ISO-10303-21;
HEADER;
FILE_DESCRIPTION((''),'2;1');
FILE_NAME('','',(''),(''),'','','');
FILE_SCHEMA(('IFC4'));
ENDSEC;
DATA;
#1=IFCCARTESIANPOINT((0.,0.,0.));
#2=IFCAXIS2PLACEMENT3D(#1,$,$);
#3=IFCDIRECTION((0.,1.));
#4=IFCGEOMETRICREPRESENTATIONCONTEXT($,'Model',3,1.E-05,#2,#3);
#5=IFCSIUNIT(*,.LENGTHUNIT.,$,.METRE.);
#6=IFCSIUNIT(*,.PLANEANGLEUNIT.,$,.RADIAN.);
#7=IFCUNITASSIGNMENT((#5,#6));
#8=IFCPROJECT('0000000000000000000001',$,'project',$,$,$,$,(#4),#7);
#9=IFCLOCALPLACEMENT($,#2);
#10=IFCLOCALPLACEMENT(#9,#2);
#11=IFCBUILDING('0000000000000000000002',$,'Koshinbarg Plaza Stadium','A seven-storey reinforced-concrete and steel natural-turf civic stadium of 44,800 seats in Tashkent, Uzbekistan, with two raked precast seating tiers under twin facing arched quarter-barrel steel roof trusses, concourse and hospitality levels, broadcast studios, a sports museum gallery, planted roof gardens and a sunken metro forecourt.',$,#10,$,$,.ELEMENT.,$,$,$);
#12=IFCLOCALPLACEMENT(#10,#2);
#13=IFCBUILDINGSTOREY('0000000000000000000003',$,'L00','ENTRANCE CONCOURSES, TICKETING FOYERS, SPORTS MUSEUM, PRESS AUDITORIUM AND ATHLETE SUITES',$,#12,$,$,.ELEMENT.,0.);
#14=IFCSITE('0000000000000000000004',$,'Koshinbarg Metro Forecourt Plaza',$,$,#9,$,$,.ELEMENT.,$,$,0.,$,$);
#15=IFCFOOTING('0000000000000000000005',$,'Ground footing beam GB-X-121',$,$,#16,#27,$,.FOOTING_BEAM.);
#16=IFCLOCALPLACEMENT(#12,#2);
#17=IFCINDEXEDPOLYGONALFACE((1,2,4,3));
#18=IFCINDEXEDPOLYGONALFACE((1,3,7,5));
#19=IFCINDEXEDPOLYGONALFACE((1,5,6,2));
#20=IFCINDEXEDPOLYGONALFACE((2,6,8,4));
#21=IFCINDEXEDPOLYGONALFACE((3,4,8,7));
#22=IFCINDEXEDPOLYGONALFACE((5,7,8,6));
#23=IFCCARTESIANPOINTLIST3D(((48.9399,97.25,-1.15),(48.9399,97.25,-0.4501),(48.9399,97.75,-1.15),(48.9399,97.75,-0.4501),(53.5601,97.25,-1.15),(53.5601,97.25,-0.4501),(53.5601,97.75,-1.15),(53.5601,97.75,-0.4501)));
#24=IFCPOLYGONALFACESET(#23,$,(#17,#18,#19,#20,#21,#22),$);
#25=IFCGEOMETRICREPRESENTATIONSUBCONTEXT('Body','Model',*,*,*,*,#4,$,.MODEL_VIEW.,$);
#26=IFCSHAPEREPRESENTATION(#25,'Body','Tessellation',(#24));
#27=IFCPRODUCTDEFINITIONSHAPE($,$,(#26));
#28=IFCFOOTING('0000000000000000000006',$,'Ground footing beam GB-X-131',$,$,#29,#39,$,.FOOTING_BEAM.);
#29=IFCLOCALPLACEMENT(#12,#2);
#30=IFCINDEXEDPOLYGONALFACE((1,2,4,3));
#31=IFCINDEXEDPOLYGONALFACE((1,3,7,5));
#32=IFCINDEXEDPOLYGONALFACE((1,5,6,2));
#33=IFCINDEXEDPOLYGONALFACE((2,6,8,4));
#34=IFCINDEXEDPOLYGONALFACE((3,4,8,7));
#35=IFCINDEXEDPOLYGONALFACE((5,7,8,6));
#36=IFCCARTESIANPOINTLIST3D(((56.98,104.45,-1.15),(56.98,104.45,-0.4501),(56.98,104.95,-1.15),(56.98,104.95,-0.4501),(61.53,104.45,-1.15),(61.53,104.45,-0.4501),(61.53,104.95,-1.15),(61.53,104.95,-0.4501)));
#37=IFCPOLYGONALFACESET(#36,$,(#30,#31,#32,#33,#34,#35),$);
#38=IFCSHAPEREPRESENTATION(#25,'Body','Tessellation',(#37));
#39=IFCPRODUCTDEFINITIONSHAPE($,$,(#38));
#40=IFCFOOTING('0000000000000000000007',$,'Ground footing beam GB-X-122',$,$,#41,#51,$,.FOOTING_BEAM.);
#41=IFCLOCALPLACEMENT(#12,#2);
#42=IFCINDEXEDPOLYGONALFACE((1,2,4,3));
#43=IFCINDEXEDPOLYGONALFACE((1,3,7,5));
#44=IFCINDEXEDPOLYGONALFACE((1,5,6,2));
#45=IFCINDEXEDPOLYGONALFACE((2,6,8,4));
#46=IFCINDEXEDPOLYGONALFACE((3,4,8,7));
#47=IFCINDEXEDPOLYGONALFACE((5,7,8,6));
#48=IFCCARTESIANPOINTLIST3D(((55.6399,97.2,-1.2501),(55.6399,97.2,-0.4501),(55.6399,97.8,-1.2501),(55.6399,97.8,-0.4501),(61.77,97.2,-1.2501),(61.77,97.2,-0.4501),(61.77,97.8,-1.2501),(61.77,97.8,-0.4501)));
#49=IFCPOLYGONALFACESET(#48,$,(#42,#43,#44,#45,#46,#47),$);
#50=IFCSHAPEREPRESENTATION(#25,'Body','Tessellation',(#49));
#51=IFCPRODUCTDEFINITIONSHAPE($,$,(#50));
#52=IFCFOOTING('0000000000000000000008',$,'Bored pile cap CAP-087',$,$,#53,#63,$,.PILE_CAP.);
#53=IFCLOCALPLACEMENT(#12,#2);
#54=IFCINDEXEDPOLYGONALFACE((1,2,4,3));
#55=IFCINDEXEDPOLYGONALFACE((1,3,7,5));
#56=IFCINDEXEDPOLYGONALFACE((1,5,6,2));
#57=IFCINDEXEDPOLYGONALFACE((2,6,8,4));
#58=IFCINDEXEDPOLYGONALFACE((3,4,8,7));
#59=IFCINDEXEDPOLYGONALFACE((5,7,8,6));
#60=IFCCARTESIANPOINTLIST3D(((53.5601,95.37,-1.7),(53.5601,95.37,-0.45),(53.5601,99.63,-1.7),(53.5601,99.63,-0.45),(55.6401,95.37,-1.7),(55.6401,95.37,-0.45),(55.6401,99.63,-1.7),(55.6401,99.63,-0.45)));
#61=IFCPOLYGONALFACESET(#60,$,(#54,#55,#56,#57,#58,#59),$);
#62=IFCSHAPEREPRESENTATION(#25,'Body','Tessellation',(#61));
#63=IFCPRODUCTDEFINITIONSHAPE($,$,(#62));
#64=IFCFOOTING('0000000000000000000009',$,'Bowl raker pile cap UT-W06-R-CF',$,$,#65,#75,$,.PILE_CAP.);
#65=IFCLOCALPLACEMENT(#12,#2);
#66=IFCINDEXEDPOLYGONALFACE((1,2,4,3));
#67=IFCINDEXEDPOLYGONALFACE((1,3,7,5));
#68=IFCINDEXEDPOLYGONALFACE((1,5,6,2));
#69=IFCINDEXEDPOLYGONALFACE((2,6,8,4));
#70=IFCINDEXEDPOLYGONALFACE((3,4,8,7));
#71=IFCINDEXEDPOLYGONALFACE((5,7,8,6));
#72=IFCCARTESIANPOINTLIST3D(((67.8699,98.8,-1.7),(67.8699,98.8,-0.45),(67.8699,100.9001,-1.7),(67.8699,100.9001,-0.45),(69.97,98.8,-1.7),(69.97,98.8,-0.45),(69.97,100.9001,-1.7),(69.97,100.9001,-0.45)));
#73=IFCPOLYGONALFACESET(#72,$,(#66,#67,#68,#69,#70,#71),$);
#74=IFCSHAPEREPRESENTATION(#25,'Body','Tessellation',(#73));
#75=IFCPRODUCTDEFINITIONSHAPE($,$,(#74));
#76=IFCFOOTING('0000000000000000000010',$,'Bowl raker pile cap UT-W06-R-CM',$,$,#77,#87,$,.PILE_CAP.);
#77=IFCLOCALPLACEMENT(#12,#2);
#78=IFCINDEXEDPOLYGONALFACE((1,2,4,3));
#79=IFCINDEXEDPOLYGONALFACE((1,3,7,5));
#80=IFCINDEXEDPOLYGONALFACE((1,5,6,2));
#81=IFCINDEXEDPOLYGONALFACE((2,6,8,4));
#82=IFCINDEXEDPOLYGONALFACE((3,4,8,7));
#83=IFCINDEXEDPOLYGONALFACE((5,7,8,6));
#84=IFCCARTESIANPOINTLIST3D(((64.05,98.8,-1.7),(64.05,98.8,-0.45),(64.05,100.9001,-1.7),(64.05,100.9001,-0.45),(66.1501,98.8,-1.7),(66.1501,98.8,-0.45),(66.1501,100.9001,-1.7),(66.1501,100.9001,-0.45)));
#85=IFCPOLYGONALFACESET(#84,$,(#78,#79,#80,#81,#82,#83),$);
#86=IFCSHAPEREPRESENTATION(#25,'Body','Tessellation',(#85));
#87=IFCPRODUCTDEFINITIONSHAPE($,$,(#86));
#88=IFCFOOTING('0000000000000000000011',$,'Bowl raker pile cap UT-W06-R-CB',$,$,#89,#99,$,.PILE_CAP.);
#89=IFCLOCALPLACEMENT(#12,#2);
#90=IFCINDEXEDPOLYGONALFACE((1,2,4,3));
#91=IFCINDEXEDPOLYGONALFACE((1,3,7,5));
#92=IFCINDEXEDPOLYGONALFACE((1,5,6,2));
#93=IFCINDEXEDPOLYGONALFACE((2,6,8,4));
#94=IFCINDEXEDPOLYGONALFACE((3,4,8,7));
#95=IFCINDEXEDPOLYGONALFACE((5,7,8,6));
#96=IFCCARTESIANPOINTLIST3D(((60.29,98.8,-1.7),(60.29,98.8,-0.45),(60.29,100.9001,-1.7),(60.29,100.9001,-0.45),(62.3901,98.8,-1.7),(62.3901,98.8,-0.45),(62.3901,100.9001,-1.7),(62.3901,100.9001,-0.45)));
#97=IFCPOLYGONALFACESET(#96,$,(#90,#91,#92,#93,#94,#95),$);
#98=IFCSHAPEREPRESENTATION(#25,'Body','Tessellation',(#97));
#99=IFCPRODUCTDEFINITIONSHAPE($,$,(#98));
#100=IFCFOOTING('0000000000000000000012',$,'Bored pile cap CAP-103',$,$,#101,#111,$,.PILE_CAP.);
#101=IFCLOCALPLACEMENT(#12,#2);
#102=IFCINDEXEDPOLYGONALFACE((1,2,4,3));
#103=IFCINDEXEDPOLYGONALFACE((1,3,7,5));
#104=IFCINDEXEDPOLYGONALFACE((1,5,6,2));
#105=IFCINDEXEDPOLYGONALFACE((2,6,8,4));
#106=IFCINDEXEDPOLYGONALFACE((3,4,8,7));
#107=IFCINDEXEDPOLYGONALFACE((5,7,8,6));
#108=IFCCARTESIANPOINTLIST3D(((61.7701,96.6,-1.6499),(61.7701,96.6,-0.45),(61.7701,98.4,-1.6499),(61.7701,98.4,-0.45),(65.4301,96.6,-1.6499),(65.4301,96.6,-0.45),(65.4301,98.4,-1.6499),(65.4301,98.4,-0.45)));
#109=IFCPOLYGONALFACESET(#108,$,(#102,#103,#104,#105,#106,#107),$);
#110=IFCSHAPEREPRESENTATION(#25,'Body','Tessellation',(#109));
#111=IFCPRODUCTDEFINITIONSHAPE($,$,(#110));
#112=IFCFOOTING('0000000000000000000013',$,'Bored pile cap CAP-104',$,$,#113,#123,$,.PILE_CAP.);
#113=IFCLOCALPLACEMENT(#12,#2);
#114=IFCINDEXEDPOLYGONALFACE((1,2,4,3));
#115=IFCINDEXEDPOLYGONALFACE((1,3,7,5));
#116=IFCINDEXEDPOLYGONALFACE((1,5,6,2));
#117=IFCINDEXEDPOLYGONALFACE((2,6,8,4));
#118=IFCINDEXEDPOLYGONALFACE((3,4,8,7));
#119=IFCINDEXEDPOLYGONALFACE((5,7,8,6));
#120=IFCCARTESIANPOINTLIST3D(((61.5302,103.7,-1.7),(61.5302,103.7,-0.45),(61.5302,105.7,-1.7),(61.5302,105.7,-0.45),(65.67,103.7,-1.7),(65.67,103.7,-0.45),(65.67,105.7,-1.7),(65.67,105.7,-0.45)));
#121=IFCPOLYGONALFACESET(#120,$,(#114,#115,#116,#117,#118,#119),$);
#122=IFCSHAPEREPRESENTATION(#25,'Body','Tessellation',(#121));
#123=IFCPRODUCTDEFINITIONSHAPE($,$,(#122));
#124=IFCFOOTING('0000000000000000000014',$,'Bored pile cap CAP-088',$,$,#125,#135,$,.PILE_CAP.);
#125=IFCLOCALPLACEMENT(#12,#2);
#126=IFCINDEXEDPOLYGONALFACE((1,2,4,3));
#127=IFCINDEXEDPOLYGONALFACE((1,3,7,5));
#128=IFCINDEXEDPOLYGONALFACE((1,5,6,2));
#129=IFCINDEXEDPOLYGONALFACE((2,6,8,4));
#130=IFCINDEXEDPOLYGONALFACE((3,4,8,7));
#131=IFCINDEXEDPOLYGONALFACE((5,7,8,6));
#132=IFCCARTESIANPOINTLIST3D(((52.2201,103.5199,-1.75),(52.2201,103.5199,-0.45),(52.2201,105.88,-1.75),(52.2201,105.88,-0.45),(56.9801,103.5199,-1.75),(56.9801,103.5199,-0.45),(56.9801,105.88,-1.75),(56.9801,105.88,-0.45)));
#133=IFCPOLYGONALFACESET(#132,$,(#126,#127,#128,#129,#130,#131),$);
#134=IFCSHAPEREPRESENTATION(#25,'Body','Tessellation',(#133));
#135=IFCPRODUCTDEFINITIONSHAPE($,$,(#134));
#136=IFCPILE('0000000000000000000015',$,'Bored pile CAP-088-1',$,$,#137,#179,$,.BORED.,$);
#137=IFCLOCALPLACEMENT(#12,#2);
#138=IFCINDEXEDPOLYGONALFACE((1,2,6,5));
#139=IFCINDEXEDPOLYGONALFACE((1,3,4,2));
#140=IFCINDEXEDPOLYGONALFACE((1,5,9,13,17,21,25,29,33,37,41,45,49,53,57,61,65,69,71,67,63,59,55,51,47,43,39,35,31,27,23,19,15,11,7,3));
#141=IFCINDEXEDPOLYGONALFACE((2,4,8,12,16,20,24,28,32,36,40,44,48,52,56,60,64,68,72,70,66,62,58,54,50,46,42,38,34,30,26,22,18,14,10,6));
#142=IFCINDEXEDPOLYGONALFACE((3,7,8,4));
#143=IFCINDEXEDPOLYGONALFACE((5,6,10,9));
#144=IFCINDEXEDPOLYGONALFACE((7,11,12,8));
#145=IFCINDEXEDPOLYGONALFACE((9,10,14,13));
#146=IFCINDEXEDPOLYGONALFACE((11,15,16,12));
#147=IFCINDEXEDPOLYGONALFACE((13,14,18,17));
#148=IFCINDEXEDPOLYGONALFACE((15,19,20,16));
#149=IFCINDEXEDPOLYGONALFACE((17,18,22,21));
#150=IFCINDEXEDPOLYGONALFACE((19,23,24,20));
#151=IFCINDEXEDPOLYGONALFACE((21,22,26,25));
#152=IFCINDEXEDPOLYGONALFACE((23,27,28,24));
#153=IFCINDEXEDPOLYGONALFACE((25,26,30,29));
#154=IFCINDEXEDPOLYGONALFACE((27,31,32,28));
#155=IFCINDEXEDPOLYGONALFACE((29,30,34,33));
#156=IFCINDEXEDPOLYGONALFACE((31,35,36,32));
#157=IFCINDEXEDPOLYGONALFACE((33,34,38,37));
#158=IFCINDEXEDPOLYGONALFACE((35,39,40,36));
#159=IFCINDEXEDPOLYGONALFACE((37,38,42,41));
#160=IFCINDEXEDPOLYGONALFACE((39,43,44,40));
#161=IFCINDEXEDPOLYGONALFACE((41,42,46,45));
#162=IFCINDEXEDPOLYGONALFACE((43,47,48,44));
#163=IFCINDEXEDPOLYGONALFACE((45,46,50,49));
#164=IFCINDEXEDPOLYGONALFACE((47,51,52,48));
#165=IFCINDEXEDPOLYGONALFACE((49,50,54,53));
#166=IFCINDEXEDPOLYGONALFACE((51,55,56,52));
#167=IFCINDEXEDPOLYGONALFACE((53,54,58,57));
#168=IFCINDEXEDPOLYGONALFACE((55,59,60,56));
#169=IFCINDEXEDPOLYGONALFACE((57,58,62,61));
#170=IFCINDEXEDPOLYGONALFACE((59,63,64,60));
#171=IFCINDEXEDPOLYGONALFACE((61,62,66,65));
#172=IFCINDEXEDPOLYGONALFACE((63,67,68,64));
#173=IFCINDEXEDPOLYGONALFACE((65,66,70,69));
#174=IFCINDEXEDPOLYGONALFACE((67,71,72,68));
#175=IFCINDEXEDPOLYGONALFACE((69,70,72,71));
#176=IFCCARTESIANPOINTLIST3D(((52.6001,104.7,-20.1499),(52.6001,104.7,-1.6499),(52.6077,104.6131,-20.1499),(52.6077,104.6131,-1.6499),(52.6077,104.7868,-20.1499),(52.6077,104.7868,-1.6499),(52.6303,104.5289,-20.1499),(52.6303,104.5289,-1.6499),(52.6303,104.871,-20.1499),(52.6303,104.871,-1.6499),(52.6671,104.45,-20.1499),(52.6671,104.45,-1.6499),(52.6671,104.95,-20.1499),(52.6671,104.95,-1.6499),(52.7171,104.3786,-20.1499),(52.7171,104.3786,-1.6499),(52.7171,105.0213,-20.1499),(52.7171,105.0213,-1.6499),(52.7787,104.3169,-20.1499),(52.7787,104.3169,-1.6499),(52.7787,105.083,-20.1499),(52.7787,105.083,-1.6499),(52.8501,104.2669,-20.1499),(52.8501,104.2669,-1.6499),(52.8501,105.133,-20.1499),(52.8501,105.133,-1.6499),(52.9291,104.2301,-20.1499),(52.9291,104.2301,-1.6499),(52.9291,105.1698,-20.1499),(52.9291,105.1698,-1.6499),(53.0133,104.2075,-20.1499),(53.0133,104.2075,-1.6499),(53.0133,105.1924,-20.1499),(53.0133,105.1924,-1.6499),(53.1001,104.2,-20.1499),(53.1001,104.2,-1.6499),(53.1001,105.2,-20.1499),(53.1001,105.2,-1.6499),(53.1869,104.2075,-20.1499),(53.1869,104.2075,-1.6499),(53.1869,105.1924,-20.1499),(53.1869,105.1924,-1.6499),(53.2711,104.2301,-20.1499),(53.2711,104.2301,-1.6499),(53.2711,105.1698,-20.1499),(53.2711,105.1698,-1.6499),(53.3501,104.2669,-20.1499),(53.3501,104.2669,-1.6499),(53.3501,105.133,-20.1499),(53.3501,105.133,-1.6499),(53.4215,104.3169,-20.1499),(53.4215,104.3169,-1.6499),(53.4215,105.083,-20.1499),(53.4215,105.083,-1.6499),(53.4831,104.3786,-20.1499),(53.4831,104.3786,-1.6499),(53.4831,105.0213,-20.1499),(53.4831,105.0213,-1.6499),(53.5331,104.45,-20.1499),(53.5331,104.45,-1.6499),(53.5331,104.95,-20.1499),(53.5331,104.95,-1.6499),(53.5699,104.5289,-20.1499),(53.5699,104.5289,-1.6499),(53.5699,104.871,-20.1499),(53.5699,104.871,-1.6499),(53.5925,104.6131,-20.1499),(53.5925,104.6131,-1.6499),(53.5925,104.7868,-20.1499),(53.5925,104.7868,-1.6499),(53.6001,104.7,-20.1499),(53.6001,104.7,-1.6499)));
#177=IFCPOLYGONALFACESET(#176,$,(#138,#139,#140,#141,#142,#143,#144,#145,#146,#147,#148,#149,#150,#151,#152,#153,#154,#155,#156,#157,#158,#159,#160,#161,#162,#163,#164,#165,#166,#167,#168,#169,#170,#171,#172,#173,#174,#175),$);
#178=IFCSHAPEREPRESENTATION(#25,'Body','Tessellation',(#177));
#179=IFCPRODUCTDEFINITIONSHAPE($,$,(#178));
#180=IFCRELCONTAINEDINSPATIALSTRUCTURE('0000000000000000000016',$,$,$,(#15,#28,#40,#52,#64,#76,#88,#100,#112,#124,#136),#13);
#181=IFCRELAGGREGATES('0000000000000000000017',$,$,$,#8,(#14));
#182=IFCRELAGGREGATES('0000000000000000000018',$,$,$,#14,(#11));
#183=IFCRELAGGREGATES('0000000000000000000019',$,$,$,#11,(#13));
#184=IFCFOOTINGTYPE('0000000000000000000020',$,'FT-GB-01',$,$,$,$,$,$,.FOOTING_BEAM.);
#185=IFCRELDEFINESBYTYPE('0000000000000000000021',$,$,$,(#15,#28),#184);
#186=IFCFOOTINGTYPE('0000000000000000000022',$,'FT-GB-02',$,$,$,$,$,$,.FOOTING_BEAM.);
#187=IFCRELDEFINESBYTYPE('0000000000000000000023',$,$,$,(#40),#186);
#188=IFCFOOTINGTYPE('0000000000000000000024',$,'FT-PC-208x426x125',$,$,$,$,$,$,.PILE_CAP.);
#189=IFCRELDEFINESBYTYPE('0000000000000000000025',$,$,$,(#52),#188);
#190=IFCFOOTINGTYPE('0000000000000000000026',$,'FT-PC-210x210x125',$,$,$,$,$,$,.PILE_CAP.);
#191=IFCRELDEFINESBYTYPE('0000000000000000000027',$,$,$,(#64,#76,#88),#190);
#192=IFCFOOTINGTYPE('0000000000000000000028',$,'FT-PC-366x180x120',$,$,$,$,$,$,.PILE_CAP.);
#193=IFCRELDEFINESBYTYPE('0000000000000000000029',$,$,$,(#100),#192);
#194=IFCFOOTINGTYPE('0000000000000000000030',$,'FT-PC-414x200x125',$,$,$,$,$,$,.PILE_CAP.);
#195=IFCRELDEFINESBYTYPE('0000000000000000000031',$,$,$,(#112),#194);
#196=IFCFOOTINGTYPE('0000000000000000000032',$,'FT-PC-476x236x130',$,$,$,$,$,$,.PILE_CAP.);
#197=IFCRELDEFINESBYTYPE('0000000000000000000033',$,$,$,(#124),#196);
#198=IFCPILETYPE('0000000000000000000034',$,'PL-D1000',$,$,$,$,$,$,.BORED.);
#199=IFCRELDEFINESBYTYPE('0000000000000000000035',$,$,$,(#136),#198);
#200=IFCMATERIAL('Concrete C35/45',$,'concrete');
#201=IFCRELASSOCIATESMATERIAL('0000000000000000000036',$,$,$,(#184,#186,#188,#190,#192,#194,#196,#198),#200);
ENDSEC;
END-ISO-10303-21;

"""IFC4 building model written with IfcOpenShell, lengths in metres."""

from ifc_helpers import new_model, si_unit, direction, frame, origin, origin_2d, place, context, subcontext, project, spatial, rectangle, circle, extrude, material, material_profile, profile_set, type_object, element, save


model = new_model("IFC4")

# Units and contexts
model_context = context("Model", 3, precision=1e-05, world=origin(), true_north=direction((0.0, 1.0)))
body_context = subcontext(model_context, "Body", "Model", "MODEL_VIEW")
ifc_project = project(units=[si_unit("LENGTHUNIT", "METRE"), si_unit("PLANEANGLEUNIT", "RADIAN")], contexts=[model_context])

# Site, building, storey
site_placement = place(None, origin())
site = spatial("IfcSite", under=ifc_project, at=site_placement, Name="Koshinbarg Metro Forecourt Plaza", CompositionType="ELEMENT", RefElevation=0.0)
building_placement = place(site_placement, origin())
building = spatial("IfcBuilding", under=site, at=building_placement, Name="Koshinbarg Plaza Stadium", Description="A seven-storey reinforced-concrete and steel natural-turf civic stadium of 44,800 seats in Tashkent, Uzbekistan, with two raked precast seating tiers under twin facing arched quarter-barrel steel roof trusses, concourse and hospitality levels, broadcast studios, a sports museum gallery, planted roof gardens and a sunken metro forecourt.", CompositionType="ELEMENT")
storey_placement = place(building_placement, origin())
storey = spatial("IfcBuildingStorey", under=building, at=storey_placement, Name="L00", Description="ENTRANCE CONCOURSES, TICKETING FOYERS, SPORTS MUSEUM, PRESS AUDITORIUM AND ATHLETE SUITES", CompositionType="ELEMENT", Elevation=0.0)

# Footings
ifc_material_1 = material(Name="Concrete C35/45", Category="concrete")
ifc_material_profile_1 = material_profile(ifc_material_1, rectangle(XDim=0.5, YDim=0.7, at=origin_2d()), Name="GB 500x700")
ifc_profile_set_1 = profile_set([ifc_material_profile_1], Name="Concrete C35/45")
footing_type_1 = type_object("IfcFootingType", Name="FT-GB-01", PredefinedType="FOOTING_BEAM", material=ifc_profile_set_1)
footing_1_placement = place(storey_placement, frame((48.9399, 97.5, -0.8), z_axis=(1.0, 0.0, 0.0), x_axis=(0.0, 1.0, 0.0)))
element("IfcFooting", 1, at=footing_1_placement, inside=storey, type_object=footing_type_1, Name="Ground footing beam GB-X-121", PredefinedType="FOOTING_BEAM", context=body_context, shape_type="SweptSolid", body=[
    extrude(rectangle(XDim=0.5, YDim=0.7, at=origin_2d()), origin(), (0.0, 0.0, 1.0), 4.6201),
])
footing_2_placement = place(storey_placement, frame((56.98, 104.7, -0.8), z_axis=(1.0, 0.0, 0.0), x_axis=(0.0, 1.0, 0.0)))
element("IfcFooting", 2, at=footing_2_placement, inside=storey, type_object=footing_type_1, Name="Ground footing beam GB-X-131", PredefinedType="FOOTING_BEAM", context=body_context, shape_type="SweptSolid", body=[
    extrude(rectangle(XDim=0.5, YDim=0.7, at=origin_2d()), origin(), (0.0, 0.0, 1.0), 4.55),
])
ifc_material_profile_2 = material_profile(ifc_material_1, rectangle(XDim=0.6001, YDim=0.8, at=origin_2d()), Name="GB 600x800")
ifc_profile_set_2 = profile_set([ifc_material_profile_2], Name="Concrete C35/45")
footing_type_2 = type_object("IfcFootingType", Name="FT-GB-02", PredefinedType="FOOTING_BEAM", material=ifc_profile_set_2)
footing_3_placement = place(storey_placement, frame((55.6399, 97.5, -0.8501), z_axis=(1.0, 0.0, 0.0), x_axis=(0.0, 1.0, 0.0)))
element("IfcFooting", 3, at=footing_3_placement, inside=storey, type_object=footing_type_2, Name="Ground footing beam GB-X-122", PredefinedType="FOOTING_BEAM", context=body_context, shape_type="SweptSolid", body=[
    extrude(rectangle(XDim=0.6001, YDim=0.8, at=origin_2d()), origin(), (0.0, 0.0, 1.0), 6.1301),
])
footing_type_3 = type_object("IfcFootingType", Name="FT-PC-208x426x125", PredefinedType="PILE_CAP", material=ifc_material_1)
footing_4_placement = place(storey_placement, frame((54.6001, 97.5, -1.7), z_axis=(0.0, 0.0, 1.0), x_axis=(1.0, 0.0, 0.0)))
element("IfcFooting", 4, at=footing_4_placement, inside=storey, type_object=footing_type_3, Name="Bored pile cap CAP-087", PredefinedType="PILE_CAP", context=body_context, shape_type="SweptSolid", body=[
    extrude(rectangle(XDim=2.0801, YDim=4.26, at=origin_2d()), origin(), (0.0, 0.0, 1.0), 1.25),
])
footing_type_4 = type_object("IfcFootingType", Name="FT-PC-210x210x125", PredefinedType="PILE_CAP", material=ifc_material_1)
for number, where, z_axis, x_axis, name in (
    (5, (68.9199, 99.8501, -1.7), (0.0, 0.0, 1.0), (1.0, 0.0, 0.0), "Bowl raker pile cap UT-W06-R-CF"),
    (6, (65.1001, 99.8501, -1.7), (0.0, 0.0, 1.0), (1.0, 0.0, 0.0), "Bowl raker pile cap UT-W06-R-CM"),
    (7, (61.3401, 99.8501, -1.7), (0.0, 0.0, 1.0), (1.0, 0.0, 0.0), "Bowl raker pile cap UT-W06-R-CB"),
):
    element("IfcFooting", number, at=place(storey_placement, frame(where, z_axis=z_axis, x_axis=x_axis)), inside=storey, type_object=footing_type_4, Name=name, PredefinedType="PILE_CAP", context=body_context, shape_type="SweptSolid", body=[
        extrude(rectangle(XDim=2.1001, YDim=2.1001, at=origin_2d()), origin(), (0.0, 0.0, 1.0), 1.25),
    ])
footing_type_5 = type_object("IfcFootingType", Name="FT-PC-366x180x120", PredefinedType="PILE_CAP", material=ifc_material_1)
footing_5_placement = place(storey_placement, frame((63.6001, 97.5, -1.6499), z_axis=(0.0, 0.0, 1.0), x_axis=(1.0, 0.0, 0.0)))
element("IfcFooting", 8, at=footing_5_placement, inside=storey, type_object=footing_type_5, Name="Bored pile cap CAP-103", PredefinedType="PILE_CAP", context=body_context, shape_type="SweptSolid", body=[
    extrude(rectangle(XDim=3.6599, YDim=1.8, at=origin_2d()), origin(), (0.0, 0.0, 1.0), 1.2),
])
footing_type_6 = type_object("IfcFootingType", Name="FT-PC-414x200x125", PredefinedType="PILE_CAP", material=ifc_material_1)
footing_6_placement = place(storey_placement, frame((63.6001, 104.7, -1.7), z_axis=(0.0, 0.0, 1.0), x_axis=(1.0, 0.0, 0.0)))
element("IfcFooting", 9, at=footing_6_placement, inside=storey, type_object=footing_type_6, Name="Bored pile cap CAP-104", PredefinedType="PILE_CAP", context=body_context, shape_type="SweptSolid", body=[
    extrude(rectangle(XDim=4.1399, YDim=2.0, at=origin_2d()), origin(), (0.0, 0.0, 1.0), 1.25),
])
footing_type_7 = type_object("IfcFootingType", Name="FT-PC-476x236x130", PredefinedType="PILE_CAP", material=ifc_material_1)
footing_7_placement = place(storey_placement, frame((54.6001, 104.7, -1.75), z_axis=(0.0, 0.0, 1.0), x_axis=(1.0, 0.0, 0.0)))
element("IfcFooting", 10, at=footing_7_placement, inside=storey, type_object=footing_type_7, Name="Bored pile cap CAP-088", PredefinedType="PILE_CAP", context=body_context, shape_type="SweptSolid", body=[
    extrude(rectangle(XDim=4.76, YDim=2.3601, at=origin_2d()), origin(), (0.0, 0.0, 1.0), 1.3),
])

# Pile
ifc_material_profile_3 = material_profile(ifc_material_1, circle(Radius=0.5, at=origin_2d()), Name="PILE D1000")
ifc_profile_set_3 = profile_set([ifc_material_profile_3], Name="Concrete C35/45")
pile_type_1 = type_object("IfcPileType", Name="PL-D1000", PredefinedType="BORED", material=ifc_profile_set_3)
for number, where, z_axis, x_axis, name in (
    (11, (53.1001, 104.7, -1.6499), (0.0, 0.0, -1.0), (1.0, 0.0, 0.0), "Bored pile CAP-088-1"),
):
    element("IfcPile", number, at=place(storey_placement, frame(where, z_axis=z_axis, x_axis=x_axis)), inside=storey, type_object=pile_type_1, Name=name, PredefinedType="BORED", context=body_context, shape_type="SweptSolid", body=[
        extrude(circle(Radius=0.5, at=origin_2d()), origin(), (0.0, 0.0, 1.0), 18.5),
    ])

save(model, "model.ifc")
